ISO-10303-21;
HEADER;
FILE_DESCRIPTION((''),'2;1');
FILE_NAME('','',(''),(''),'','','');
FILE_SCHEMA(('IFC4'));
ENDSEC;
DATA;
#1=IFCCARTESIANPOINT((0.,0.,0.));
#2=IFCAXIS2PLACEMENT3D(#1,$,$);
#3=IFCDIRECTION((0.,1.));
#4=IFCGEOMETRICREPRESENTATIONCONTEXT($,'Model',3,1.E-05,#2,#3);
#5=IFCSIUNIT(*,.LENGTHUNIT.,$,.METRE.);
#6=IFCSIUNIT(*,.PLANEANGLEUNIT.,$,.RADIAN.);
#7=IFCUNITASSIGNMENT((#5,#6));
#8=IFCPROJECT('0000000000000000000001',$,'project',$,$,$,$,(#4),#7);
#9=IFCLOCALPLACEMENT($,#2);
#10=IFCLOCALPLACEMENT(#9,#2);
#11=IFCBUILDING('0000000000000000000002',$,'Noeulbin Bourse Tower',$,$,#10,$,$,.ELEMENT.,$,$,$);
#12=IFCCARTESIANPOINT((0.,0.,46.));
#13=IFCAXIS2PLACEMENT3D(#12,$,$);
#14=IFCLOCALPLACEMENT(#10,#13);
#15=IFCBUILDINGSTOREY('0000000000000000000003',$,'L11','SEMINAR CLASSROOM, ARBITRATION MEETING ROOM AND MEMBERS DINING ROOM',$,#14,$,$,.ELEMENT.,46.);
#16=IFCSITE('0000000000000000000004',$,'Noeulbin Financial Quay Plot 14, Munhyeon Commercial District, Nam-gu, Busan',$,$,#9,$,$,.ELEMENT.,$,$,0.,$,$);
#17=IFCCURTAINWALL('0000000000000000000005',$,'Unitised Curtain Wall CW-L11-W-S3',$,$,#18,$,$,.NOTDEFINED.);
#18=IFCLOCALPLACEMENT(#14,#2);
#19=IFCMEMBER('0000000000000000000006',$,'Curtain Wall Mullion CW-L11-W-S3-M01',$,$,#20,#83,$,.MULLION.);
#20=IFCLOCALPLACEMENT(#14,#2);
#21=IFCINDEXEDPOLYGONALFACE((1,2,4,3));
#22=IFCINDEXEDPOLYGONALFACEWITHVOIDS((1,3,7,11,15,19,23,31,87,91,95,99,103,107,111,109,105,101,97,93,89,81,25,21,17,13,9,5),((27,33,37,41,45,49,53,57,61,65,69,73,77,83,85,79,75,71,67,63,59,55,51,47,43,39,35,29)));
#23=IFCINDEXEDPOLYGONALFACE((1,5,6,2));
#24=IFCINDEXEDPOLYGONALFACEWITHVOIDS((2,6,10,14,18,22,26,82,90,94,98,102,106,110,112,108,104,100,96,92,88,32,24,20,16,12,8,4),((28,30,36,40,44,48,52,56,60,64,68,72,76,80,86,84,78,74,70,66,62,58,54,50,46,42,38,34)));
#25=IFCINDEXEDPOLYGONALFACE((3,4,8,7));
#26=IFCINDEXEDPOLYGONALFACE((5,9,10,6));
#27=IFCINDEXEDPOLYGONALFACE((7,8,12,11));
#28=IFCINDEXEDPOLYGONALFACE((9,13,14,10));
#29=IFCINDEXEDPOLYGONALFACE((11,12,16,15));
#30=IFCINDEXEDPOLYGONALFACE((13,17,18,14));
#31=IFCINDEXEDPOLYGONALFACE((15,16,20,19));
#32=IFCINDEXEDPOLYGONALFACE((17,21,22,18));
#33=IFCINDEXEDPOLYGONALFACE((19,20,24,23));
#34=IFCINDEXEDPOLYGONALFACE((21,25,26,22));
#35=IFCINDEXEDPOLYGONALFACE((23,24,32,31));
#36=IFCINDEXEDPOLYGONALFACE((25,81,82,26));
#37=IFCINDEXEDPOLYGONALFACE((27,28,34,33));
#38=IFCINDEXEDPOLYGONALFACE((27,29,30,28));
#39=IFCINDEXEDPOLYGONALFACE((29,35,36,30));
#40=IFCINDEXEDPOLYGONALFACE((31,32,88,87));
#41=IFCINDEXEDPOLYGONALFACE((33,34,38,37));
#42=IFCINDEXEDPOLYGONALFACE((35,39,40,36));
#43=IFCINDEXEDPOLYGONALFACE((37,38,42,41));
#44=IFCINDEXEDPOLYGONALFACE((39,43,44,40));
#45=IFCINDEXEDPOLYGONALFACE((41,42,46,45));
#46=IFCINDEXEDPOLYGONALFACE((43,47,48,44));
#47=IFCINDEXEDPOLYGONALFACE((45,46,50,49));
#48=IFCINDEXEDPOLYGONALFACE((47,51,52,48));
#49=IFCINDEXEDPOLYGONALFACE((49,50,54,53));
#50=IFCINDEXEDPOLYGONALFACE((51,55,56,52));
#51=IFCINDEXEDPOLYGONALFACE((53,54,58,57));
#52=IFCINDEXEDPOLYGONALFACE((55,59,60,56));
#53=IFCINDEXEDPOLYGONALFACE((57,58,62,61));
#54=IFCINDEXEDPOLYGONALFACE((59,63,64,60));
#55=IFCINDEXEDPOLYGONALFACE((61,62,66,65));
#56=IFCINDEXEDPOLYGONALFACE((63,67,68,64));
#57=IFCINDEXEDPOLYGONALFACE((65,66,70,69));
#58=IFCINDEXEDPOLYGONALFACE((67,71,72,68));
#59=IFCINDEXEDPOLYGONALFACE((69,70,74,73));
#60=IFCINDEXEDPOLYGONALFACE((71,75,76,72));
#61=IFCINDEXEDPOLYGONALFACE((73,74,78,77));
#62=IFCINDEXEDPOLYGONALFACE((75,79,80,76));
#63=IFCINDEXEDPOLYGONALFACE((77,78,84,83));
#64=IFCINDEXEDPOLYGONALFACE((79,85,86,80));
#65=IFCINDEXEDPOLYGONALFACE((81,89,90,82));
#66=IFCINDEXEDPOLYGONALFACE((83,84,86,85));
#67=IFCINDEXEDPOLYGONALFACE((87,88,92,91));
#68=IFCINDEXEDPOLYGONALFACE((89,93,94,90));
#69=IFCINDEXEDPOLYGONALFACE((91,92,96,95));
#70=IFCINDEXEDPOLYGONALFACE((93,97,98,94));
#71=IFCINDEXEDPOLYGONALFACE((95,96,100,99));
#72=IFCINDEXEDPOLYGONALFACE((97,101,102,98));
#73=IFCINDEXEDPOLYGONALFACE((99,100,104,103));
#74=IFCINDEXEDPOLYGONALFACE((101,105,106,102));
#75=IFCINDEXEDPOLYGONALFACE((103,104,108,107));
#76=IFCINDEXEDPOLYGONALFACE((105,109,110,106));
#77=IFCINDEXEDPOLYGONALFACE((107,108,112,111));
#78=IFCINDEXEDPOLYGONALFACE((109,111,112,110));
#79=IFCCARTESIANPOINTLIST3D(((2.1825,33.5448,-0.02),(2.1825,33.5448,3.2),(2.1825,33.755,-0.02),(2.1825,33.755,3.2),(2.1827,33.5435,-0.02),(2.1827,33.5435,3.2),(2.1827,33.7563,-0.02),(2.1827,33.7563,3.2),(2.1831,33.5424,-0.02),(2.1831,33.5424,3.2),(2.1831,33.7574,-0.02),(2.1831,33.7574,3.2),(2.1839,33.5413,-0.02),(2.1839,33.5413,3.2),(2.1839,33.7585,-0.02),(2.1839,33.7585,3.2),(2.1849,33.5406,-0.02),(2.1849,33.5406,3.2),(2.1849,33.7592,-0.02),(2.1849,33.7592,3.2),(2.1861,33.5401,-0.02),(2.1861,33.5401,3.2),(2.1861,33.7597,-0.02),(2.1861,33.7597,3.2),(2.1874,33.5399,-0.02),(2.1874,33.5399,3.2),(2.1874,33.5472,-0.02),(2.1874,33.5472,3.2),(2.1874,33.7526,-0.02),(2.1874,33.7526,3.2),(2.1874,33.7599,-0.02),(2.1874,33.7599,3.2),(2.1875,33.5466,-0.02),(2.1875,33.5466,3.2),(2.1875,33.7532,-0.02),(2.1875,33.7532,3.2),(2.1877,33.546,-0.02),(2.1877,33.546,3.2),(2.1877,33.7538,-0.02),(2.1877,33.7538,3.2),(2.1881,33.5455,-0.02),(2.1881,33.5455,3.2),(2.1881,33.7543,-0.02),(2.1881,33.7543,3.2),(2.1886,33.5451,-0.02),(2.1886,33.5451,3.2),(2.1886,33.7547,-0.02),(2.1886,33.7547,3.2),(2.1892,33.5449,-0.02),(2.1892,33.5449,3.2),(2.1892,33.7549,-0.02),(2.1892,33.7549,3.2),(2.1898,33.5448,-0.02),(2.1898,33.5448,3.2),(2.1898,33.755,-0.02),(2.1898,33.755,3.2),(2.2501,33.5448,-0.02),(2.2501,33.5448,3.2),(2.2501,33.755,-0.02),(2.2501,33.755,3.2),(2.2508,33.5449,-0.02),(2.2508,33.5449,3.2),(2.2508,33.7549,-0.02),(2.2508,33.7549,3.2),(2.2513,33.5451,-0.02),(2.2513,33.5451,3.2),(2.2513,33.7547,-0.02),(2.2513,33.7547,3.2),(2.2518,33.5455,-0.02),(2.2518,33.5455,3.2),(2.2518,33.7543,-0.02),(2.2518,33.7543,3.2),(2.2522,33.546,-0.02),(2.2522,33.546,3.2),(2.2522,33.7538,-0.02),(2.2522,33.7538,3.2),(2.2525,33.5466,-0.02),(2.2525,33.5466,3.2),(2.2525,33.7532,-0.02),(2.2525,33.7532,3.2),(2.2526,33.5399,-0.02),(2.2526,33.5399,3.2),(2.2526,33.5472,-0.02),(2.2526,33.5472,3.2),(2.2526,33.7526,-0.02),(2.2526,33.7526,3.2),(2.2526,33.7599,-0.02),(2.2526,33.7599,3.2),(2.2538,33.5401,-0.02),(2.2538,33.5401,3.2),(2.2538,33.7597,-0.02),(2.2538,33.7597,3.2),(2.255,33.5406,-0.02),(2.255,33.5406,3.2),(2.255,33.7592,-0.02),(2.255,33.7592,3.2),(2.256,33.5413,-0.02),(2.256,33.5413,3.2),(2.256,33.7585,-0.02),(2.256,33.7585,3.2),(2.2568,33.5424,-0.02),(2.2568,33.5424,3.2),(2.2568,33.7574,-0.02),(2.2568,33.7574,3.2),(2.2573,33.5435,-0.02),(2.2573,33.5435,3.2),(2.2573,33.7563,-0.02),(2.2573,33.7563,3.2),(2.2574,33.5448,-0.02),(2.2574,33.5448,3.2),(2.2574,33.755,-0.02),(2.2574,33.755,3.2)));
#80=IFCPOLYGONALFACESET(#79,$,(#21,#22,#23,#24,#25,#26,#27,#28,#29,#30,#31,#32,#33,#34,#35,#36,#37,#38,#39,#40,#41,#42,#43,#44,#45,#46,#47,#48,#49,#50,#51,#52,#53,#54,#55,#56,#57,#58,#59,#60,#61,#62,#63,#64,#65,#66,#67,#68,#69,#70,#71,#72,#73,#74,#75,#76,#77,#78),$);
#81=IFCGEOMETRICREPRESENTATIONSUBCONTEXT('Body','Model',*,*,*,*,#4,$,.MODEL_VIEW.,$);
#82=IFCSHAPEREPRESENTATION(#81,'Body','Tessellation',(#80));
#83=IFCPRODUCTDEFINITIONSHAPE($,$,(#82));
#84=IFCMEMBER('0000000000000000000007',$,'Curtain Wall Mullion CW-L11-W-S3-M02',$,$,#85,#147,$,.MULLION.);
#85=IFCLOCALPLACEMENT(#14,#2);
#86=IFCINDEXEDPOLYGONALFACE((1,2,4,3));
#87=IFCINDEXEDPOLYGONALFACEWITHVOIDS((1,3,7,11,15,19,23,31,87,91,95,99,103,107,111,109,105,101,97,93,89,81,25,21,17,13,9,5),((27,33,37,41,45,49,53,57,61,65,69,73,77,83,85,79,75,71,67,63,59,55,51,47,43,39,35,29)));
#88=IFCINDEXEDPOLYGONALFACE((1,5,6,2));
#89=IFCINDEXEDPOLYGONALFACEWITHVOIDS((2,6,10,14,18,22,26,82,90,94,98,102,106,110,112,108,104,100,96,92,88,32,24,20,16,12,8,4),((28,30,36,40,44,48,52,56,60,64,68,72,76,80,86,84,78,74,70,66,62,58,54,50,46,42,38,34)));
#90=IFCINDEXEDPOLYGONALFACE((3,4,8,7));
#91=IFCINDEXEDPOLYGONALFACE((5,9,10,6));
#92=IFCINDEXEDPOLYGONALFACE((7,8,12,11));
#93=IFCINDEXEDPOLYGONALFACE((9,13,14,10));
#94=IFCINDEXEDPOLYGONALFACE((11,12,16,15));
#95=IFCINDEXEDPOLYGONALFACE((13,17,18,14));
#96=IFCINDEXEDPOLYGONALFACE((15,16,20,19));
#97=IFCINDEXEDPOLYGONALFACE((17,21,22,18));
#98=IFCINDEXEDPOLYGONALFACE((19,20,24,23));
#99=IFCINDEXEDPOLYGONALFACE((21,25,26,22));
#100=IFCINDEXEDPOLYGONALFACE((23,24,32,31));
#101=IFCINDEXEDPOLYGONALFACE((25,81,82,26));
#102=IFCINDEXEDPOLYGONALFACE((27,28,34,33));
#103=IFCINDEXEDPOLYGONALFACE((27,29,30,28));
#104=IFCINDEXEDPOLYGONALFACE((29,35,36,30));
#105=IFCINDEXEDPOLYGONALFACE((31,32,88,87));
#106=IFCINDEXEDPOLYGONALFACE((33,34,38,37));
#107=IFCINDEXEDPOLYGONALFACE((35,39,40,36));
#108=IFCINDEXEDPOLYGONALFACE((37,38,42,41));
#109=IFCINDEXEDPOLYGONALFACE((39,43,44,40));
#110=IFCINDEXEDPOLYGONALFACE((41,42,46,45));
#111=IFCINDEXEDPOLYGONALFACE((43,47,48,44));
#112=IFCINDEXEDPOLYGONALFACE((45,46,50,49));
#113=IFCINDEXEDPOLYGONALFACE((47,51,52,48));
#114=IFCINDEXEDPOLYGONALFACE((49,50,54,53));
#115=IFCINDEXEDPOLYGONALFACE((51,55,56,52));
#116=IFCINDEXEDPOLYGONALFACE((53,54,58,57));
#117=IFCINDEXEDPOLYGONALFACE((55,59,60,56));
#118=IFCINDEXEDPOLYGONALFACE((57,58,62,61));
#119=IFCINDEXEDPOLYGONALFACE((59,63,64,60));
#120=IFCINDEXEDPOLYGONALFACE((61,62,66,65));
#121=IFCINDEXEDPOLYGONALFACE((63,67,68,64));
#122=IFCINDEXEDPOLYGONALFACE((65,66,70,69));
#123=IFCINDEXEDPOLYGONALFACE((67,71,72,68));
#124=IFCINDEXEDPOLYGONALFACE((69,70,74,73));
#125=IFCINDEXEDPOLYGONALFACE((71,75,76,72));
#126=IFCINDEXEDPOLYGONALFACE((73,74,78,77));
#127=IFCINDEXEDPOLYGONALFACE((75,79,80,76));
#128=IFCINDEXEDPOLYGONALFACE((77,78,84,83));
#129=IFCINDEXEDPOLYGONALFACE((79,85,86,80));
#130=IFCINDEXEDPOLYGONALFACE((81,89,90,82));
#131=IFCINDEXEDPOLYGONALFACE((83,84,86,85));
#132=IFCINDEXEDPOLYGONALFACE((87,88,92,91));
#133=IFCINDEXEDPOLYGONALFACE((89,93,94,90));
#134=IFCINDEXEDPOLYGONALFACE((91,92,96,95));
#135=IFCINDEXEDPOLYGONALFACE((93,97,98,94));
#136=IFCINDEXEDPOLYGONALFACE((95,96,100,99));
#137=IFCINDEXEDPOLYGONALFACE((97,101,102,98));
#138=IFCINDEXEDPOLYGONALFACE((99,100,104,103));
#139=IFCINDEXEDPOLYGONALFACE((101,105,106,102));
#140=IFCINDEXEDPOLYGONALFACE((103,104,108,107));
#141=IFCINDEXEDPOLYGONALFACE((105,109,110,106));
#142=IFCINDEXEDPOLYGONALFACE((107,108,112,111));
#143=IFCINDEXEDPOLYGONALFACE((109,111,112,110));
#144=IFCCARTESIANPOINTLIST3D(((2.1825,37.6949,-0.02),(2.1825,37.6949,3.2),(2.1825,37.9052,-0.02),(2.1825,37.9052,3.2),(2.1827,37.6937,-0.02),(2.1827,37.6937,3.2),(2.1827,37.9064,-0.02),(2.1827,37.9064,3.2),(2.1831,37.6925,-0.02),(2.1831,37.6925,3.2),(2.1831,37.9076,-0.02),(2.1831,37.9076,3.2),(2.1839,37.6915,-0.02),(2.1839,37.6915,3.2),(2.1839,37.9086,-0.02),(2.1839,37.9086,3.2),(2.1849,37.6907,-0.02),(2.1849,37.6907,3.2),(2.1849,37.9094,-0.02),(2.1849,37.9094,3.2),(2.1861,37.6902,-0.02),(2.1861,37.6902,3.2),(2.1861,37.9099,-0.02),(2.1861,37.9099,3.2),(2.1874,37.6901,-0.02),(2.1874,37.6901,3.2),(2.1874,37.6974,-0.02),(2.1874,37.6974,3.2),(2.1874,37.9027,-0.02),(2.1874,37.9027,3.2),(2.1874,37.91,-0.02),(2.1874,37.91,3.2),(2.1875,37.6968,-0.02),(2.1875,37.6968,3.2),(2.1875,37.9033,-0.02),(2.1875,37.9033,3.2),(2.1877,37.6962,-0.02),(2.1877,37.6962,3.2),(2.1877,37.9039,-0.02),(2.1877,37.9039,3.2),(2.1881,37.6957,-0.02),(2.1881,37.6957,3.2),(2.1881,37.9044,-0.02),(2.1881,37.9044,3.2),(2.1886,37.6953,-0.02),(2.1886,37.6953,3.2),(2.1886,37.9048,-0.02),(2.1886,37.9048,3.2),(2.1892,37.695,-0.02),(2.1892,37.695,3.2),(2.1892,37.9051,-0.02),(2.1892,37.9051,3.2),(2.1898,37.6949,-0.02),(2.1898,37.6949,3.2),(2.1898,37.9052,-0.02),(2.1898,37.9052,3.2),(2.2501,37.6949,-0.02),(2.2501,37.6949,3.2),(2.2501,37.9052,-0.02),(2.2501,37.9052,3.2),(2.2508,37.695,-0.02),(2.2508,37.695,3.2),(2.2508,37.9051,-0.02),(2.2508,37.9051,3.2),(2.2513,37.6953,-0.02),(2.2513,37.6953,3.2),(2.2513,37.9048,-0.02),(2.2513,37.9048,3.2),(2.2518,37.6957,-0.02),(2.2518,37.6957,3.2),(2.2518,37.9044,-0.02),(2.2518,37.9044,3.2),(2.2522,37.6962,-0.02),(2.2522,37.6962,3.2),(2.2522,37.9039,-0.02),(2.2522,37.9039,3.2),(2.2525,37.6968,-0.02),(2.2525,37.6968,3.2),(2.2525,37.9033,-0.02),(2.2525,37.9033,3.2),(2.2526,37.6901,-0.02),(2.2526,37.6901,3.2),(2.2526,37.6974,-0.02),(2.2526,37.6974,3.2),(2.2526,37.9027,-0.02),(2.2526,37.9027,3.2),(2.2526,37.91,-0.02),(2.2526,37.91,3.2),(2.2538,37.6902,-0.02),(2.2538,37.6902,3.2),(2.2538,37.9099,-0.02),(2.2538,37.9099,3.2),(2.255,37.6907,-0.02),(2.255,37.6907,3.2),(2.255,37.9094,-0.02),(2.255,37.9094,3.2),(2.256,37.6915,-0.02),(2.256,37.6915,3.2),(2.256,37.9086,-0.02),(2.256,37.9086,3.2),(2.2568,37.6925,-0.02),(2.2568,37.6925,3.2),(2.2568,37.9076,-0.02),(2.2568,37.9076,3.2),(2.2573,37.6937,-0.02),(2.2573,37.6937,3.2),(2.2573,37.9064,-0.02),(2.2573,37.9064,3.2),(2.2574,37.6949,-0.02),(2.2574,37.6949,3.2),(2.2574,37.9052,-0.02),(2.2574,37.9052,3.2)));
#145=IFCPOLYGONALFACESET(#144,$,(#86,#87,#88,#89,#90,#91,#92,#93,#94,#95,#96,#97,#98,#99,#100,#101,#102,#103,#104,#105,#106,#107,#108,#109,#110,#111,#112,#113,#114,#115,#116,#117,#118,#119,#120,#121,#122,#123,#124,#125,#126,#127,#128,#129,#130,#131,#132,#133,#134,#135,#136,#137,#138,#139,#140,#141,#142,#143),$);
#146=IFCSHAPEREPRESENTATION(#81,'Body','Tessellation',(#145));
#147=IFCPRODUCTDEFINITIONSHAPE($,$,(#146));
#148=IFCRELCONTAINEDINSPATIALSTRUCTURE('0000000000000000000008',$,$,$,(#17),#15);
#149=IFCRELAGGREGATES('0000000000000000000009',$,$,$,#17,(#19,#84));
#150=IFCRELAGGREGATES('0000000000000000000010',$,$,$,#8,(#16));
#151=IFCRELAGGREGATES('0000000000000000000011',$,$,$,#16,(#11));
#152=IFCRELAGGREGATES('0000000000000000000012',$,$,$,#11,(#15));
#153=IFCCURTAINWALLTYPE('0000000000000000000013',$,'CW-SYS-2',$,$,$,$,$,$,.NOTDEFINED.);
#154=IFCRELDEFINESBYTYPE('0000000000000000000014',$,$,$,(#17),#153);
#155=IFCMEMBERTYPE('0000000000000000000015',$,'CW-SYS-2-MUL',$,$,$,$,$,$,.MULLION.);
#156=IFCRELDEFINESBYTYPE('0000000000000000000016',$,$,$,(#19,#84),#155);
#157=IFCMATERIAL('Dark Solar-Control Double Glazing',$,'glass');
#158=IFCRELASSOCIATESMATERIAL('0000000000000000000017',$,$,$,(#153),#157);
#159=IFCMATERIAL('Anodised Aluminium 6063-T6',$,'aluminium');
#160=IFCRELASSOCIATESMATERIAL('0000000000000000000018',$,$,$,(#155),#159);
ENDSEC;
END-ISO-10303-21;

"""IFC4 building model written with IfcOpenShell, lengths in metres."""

from ifc_helpers import new_model, si_unit, direction, frame, origin, origin_2d, place, context, subcontext, project, spatial, hollow_rectangle, extrude, material, material_profile, profile_set, type_object, element, aggregate, save


model = new_model("IFC4")

# Units and contexts
model_context = context("Model", 3, precision=1e-05, world=origin(), true_north=direction((0.0, 1.0)))
body_context = subcontext(model_context, "Body", "Model", "MODEL_VIEW")
ifc_project = project(units=[si_unit("LENGTHUNIT", "METRE"), si_unit("PLANEANGLEUNIT", "RADIAN")], contexts=[model_context])

# Site, building, storey
site_placement = place(None, origin())
site = spatial("IfcSite", under=ifc_project, at=site_placement, Name="Noeulbin Financial Quay Plot 14, Munhyeon Commercial District, Nam-gu, Busan", CompositionType="ELEMENT", RefElevation=0.0)
building_placement = place(site_placement, origin())
building = spatial("IfcBuilding", under=site, at=building_placement, Name="Noeulbin Bourse Tower", CompositionType="ELEMENT")
storey_placement = place(building_placement, frame((0.0, 0.0, 46.0)))
storey = spatial("IfcBuildingStorey", under=building, at=storey_placement, Name="L11", Description="SEMINAR CLASSROOM, ARBITRATION MEETING ROOM AND MEMBERS DINING ROOM", CompositionType="ELEMENT", Elevation=46.0)

# Shared definitions
ifc_material_1 = material(Name="Dark Solar-Control Double Glazing", Category="glass")
curtain_wall_type = type_object("IfcCurtainWallType", Name="CW-SYS-2", PredefinedType="NOTDEFINED", material=ifc_material_1)
ifc_material_2 = material(Name="Anodised Aluminium 6063-T6", Category="aluminium")
ifc_material_profile_1 = material_profile(ifc_material_2, hollow_rectangle(XDim=0.075, YDim=0.22, WallThickness=0.0049, InnerFilletRadius=0.0024, OuterFilletRadius=0.0049, at=origin_2d()), Name="ALU-MULL-75x220x5", Category="LoadBearing")
ifc_profile_set_1 = profile_set([ifc_material_profile_1], Name="Anodised Aluminium 6063-T6")
member_type_1 = type_object("IfcMemberType", Name="CW-SYS-2-MUL", PredefinedType="MULLION", material=ifc_profile_set_1)

# Curtain wall, members
curtain_wall_1_placement = place(storey_placement, origin())
curtain_wall_1 = element("IfcCurtainWall", 1, at=curtain_wall_1_placement, inside=storey, type_object=curtain_wall_type, Name="Unitised Curtain Wall CW-L11-W-S3", PredefinedType="NOTDEFINED")
member_1_placement = place(storey_placement, frame((2.22, 33.6499, -0.02), z_axis=(0.0, 0.0, 1.0), x_axis=(1.0, 0.0, 0.0)))
member_1 = element("IfcMember", 2, at=member_1_placement, type_object=member_type_1, Name="Curtain Wall Mullion CW-L11-W-S3-M01", PredefinedType="MULLION", context=body_context, shape_type="SweptSolid", body=[
    extrude(hollow_rectangle(XDim=0.075, YDim=0.22, WallThickness=0.0049, InnerFilletRadius=0.0024, OuterFilletRadius=0.0049, at=origin_2d()), origin(), (0.0, 0.0, 1.0), 3.22),
])
member_2_placement = place(storey_placement, frame((2.22, 37.8, -0.02), z_axis=(0.0, 0.0, 1.0), x_axis=(1.0, 0.0, 0.0)))
member_2 = element("IfcMember", 3, at=member_2_placement, type_object=member_type_1, Name="Curtain Wall Mullion CW-L11-W-S3-M02", PredefinedType="MULLION", context=body_context, shape_type="SweptSolid", body=[
    extrude(hollow_rectangle(XDim=0.075, YDim=0.22, WallThickness=0.0049, InnerFilletRadius=0.0024, OuterFilletRadius=0.0049, at=origin_2d()), origin(), (0.0, 0.0, 1.0), 3.22),
])
aggregate(curtain_wall_1, [member_1, member_2])

save(model, "model.ifc")
